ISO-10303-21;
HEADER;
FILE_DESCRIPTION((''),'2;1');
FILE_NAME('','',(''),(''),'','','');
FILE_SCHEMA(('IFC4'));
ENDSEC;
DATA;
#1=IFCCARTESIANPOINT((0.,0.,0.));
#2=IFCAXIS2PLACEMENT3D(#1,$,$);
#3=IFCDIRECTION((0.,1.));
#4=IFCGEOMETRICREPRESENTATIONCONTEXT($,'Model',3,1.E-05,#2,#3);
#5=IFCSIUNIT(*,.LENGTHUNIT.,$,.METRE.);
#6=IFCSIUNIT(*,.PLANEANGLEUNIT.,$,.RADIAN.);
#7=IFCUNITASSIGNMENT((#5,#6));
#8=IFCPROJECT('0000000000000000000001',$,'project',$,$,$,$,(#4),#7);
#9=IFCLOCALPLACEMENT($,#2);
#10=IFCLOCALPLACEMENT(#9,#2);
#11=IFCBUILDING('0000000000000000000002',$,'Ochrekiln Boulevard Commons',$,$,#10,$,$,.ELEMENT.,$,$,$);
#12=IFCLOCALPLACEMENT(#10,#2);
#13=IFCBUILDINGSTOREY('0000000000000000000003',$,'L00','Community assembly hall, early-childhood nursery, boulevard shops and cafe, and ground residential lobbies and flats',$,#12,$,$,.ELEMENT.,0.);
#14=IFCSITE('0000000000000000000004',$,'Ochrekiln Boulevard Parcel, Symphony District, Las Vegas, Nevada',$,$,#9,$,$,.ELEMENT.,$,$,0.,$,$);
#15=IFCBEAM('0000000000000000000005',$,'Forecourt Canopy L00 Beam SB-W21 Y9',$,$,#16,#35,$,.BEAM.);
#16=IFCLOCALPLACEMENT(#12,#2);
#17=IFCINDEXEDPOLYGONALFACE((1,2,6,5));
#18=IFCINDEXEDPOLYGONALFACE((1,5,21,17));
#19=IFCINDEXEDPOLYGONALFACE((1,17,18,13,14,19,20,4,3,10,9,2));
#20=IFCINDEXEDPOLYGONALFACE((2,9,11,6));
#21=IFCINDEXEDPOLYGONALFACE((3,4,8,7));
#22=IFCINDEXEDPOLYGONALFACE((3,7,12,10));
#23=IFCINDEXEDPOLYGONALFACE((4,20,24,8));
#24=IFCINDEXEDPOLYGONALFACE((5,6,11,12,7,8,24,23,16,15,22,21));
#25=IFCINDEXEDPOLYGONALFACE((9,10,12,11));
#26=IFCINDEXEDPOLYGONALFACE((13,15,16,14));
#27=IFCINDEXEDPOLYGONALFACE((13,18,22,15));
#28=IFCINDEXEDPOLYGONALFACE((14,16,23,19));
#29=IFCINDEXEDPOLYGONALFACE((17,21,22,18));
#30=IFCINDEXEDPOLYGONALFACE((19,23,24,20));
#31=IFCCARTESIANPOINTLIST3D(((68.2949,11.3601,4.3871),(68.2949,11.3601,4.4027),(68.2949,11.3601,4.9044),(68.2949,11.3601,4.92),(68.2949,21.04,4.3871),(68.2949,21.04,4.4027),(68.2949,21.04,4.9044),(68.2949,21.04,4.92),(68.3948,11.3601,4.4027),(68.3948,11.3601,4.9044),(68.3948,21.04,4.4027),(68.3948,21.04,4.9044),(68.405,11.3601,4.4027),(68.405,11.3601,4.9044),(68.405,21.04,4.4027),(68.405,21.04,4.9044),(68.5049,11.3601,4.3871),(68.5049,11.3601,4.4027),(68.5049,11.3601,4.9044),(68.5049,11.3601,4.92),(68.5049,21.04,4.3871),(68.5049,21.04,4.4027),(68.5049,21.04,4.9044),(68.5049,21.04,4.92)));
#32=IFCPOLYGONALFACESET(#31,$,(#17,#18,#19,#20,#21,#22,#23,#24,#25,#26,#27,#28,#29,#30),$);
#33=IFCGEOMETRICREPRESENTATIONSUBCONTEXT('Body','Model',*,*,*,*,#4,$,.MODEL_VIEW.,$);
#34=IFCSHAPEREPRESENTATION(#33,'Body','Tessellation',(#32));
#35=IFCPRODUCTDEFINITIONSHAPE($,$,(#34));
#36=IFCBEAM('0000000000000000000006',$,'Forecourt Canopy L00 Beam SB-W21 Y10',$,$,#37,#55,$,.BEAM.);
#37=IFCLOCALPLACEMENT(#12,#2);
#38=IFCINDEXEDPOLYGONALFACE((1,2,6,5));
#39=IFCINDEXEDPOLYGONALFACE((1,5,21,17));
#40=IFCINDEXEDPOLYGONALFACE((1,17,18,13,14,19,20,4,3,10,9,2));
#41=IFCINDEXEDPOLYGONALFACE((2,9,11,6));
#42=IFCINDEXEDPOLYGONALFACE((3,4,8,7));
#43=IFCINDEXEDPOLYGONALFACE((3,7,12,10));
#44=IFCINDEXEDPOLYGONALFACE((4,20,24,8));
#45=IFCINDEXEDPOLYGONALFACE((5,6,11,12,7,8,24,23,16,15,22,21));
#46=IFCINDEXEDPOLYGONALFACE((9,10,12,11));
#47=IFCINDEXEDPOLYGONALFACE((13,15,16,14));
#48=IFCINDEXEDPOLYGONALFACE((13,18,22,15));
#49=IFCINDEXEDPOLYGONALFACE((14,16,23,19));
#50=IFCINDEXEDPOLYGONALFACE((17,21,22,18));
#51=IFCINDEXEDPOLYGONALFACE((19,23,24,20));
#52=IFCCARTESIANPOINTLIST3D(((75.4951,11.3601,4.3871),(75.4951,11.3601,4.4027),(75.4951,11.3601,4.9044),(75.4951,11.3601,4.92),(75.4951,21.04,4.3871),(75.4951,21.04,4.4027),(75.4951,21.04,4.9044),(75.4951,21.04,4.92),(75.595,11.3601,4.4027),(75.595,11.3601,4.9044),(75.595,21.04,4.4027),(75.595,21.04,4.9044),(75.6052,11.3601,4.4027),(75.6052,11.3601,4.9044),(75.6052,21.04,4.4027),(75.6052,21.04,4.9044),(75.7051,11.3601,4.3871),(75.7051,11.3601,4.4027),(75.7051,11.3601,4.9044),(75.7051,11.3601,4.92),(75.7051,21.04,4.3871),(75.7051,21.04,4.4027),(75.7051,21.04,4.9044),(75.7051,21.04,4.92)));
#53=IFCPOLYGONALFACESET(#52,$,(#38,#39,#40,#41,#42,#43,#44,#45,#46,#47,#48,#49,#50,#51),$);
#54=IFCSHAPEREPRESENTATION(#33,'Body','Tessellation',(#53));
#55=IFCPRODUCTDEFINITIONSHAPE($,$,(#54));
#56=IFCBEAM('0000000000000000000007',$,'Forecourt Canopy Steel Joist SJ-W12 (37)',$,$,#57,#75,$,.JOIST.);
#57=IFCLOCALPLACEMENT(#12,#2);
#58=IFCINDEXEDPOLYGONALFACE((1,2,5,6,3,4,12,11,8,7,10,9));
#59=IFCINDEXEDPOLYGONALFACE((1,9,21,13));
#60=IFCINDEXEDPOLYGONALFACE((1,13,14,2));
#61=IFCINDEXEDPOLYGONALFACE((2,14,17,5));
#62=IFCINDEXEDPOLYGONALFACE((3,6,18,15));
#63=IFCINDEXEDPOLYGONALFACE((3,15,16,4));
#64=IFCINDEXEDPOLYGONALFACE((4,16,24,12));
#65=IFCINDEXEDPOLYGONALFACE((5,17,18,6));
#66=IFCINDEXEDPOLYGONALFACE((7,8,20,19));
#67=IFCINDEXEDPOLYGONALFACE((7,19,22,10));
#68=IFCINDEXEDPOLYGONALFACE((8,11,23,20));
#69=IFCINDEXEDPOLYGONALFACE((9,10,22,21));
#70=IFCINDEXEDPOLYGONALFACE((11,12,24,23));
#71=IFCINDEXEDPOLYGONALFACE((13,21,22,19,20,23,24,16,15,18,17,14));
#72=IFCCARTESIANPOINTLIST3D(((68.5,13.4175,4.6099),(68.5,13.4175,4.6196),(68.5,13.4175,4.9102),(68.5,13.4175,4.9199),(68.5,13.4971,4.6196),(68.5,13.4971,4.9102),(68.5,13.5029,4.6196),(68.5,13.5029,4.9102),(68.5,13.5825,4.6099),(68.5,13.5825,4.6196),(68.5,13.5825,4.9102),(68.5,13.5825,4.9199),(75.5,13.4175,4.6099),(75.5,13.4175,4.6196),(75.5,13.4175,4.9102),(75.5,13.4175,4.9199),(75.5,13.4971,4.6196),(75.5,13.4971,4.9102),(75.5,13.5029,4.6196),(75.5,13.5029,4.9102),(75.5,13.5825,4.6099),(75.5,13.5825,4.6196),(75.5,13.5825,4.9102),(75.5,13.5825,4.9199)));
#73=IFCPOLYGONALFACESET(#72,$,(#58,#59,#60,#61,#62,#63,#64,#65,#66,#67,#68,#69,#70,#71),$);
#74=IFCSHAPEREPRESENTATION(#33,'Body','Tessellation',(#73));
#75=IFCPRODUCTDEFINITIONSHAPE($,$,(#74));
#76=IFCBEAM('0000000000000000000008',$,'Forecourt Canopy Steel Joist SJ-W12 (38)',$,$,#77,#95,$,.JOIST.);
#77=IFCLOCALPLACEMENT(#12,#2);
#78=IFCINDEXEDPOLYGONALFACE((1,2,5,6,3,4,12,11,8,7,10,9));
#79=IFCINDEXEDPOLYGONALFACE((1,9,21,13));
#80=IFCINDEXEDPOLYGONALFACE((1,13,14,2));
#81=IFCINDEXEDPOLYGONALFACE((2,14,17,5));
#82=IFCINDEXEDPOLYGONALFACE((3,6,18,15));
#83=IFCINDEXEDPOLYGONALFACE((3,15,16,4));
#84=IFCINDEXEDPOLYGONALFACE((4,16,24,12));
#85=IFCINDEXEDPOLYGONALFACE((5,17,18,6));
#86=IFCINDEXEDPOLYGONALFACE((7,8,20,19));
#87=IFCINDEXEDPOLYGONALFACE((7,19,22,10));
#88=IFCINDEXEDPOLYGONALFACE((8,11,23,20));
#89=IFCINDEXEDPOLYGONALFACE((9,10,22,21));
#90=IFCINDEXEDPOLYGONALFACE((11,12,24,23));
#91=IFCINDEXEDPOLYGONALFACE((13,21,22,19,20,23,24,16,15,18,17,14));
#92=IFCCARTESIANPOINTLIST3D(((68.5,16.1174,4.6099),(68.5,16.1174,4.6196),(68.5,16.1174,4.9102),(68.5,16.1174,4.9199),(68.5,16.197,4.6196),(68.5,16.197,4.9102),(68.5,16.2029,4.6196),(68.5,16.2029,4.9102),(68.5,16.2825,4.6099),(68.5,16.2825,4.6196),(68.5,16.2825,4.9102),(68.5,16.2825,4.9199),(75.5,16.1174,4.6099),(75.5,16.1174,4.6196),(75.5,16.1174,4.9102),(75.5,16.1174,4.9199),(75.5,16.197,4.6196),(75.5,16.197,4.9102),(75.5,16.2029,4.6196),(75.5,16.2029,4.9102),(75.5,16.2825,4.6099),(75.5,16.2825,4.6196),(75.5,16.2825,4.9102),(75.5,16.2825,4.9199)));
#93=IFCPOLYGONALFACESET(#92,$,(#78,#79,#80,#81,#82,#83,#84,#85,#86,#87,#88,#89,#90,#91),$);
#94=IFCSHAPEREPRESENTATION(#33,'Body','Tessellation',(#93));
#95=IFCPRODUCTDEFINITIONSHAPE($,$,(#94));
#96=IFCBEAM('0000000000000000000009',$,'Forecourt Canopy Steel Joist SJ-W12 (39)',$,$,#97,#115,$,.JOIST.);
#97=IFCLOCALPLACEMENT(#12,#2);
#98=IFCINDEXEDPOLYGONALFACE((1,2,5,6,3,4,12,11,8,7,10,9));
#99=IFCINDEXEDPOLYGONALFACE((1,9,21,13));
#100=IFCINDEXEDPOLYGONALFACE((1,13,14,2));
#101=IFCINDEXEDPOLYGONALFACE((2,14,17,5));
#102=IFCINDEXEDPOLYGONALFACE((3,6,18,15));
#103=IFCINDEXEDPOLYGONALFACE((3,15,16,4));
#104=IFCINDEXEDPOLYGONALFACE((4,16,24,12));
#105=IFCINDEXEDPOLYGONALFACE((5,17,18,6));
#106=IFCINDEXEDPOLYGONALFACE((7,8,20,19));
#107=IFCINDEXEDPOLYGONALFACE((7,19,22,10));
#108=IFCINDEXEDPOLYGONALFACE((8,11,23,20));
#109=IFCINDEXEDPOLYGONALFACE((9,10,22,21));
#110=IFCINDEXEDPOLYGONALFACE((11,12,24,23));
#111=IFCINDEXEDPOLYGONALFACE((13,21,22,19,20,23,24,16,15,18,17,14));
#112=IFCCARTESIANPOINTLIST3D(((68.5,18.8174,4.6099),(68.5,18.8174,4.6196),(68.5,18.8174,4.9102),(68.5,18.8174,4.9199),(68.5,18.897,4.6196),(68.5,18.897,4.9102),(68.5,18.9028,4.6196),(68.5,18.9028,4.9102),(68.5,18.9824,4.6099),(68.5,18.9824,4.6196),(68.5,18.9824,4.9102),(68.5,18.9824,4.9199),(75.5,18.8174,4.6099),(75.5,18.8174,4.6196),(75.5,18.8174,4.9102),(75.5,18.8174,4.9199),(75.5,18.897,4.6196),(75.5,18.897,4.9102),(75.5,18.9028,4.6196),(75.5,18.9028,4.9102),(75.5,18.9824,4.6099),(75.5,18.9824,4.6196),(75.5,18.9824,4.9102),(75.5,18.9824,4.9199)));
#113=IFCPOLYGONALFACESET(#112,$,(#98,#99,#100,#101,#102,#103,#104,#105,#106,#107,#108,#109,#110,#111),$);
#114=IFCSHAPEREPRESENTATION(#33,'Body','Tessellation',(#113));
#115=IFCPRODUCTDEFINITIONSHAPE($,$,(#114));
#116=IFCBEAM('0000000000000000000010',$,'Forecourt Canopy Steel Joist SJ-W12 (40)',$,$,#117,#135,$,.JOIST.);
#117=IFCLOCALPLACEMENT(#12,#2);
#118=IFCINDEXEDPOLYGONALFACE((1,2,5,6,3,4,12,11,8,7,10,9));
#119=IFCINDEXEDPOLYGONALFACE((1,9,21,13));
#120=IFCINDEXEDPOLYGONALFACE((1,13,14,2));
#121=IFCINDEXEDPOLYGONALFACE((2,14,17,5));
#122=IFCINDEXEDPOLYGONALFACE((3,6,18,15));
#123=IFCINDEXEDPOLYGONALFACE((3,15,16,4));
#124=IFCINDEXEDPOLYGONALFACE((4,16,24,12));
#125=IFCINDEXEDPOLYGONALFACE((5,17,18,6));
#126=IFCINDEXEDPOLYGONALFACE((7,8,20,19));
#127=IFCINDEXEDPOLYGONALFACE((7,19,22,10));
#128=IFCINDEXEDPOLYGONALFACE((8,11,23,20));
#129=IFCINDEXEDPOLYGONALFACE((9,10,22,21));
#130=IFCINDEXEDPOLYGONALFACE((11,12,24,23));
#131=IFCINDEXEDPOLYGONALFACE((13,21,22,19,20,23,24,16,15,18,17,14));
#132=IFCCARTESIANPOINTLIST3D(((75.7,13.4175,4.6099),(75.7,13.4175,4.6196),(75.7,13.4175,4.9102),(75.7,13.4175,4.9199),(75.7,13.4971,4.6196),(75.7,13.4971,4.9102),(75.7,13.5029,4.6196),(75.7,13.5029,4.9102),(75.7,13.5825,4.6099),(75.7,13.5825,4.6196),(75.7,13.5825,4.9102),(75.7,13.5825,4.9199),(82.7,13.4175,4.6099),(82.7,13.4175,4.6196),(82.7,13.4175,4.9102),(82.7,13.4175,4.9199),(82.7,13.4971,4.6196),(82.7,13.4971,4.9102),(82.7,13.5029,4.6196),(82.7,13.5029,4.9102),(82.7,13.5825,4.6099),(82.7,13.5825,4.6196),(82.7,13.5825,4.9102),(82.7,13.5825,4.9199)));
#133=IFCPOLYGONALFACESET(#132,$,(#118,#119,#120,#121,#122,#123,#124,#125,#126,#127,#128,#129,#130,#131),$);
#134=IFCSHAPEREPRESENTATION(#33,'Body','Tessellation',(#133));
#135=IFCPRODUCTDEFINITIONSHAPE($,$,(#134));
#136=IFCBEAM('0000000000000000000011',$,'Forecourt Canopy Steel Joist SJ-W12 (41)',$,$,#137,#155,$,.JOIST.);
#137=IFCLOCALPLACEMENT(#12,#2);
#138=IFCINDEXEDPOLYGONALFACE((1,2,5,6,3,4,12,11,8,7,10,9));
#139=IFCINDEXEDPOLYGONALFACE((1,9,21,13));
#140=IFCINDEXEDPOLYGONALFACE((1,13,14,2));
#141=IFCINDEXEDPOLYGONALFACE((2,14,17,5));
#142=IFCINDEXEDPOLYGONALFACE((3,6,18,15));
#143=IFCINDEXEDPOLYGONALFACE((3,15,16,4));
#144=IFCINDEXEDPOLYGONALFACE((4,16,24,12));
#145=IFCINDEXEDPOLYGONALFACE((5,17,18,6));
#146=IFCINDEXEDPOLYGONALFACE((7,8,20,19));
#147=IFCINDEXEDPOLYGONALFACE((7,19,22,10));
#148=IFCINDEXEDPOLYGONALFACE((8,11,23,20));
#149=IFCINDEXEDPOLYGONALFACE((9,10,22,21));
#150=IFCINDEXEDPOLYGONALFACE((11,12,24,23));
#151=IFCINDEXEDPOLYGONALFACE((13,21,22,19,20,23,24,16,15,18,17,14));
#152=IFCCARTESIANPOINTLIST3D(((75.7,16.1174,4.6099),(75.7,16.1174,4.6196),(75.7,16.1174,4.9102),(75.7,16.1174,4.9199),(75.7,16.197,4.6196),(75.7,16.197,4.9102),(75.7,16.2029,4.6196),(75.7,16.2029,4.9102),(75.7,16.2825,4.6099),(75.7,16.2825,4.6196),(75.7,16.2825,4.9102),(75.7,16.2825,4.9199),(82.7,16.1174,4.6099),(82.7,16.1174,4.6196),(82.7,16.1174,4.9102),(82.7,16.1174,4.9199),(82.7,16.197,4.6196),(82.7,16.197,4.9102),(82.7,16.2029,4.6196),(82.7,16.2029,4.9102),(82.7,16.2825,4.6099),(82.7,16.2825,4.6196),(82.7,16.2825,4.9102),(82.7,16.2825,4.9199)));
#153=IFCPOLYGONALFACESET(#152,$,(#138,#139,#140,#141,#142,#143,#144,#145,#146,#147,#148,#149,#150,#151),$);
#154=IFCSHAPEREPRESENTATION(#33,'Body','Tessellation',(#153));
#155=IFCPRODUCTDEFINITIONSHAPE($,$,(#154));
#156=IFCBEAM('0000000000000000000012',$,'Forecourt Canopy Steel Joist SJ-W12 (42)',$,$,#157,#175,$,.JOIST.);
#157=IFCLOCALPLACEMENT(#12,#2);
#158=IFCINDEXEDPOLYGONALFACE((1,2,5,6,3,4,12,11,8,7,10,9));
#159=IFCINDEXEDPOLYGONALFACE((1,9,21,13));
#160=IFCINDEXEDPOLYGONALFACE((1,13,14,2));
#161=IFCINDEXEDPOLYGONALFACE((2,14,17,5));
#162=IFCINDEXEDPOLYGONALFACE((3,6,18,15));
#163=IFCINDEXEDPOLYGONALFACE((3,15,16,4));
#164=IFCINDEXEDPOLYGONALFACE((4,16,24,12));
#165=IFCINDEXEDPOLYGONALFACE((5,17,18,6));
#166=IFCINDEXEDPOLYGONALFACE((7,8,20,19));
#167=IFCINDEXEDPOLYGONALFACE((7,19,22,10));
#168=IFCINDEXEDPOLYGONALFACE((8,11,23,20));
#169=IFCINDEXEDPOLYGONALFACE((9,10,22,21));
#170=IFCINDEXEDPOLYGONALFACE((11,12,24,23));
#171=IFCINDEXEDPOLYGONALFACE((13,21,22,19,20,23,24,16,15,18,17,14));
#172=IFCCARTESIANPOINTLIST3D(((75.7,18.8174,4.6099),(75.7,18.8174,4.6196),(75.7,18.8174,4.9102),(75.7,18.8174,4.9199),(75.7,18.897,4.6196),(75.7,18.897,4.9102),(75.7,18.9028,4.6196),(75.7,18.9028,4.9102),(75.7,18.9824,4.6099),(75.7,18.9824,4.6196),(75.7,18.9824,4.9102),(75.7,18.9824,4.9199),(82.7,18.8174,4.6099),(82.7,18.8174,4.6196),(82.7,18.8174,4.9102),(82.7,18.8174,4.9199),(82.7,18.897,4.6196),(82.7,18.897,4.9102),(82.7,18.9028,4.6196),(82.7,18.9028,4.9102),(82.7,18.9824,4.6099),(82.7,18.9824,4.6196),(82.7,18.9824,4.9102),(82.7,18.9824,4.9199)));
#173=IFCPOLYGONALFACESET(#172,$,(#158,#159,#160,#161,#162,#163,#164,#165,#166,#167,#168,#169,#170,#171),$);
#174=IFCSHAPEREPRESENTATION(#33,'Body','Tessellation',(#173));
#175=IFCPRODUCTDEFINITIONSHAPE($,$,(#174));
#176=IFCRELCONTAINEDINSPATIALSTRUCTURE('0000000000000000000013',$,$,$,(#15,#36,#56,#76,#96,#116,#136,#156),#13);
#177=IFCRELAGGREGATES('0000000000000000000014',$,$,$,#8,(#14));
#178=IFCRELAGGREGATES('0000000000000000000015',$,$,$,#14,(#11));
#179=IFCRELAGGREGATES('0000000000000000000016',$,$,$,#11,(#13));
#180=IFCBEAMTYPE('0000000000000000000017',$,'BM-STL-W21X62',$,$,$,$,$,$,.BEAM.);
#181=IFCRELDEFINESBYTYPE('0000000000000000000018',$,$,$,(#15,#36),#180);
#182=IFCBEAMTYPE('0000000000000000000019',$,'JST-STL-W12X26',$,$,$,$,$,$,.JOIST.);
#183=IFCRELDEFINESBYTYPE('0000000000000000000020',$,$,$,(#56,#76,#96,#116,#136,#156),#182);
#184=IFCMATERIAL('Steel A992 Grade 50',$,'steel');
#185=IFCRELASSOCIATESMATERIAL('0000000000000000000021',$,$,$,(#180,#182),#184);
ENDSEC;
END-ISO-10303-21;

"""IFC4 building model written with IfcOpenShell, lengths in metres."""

from ifc_helpers import new_model, si_unit, direction, frame, origin, origin_2d, place, context, subcontext, project, spatial, i_section, extrude, material, material_profile, profile_set, type_object, element, save


model = new_model("IFC4")

# Units and contexts
model_context = context("Model", 3, precision=1e-05, world=origin(), true_north=direction((0.0, 1.0)))
body_context = subcontext(model_context, "Body", "Model", "MODEL_VIEW")
ifc_project = project(units=[si_unit("LENGTHUNIT", "METRE"), si_unit("PLANEANGLEUNIT", "RADIAN")], contexts=[model_context])

# Site, building, storey
site_placement = place(None, origin())
site = spatial("IfcSite", under=ifc_project, at=site_placement, Name="Ochrekiln Boulevard Parcel, Symphony District, Las Vegas, Nevada", CompositionType="ELEMENT", RefElevation=0.0)
building_placement = place(site_placement, origin())
building = spatial("IfcBuilding", under=site, at=building_placement, Name="Ochrekiln Boulevard Commons", CompositionType="ELEMENT")
storey_placement = place(building_placement, origin())
storey = spatial("IfcBuildingStorey", under=building, at=storey_placement, Name="L00", Description="Community assembly hall, early-childhood nursery, boulevard shops and cafe, and ground residential lobbies and flats", CompositionType="ELEMENT", Elevation=0.0)

# Beams
ifc_material_1 = material(Name="Steel A992 Grade 50", Category="steel")
ifc_material_profile_1 = material_profile(ifc_material_1, i_section(OverallWidth=0.21, OverallDepth=0.533, WebThickness=0.0103, FlangeThickness=0.0156, at=origin_2d()), Name="W21X62")
ifc_profile_set_1 = profile_set([ifc_material_profile_1], Name="Steel A992 Grade 50")
beam_type_1 = type_object("IfcBeamType", Name="BM-STL-W21X62", PredefinedType="BEAM", material=ifc_profile_set_1)
for number, where, z_axis, x_axis, name in (
    (1, (68.3999, 11.3601, 4.6536), (0.0, 1.0, 0.0), (-1.0, 0.0, 0.0), "Forecourt Canopy L00 Beam SB-W21 Y9"),
    (2, (75.6001, 11.3601, 4.6536), (0.0, 1.0, 0.0), (-1.0, 0.0, 0.0), "Forecourt Canopy L00 Beam SB-W21 Y10"),
):
    element("IfcBeam", number, at=place(storey_placement, frame(where, z_axis=z_axis, x_axis=x_axis)), inside=storey, type_object=beam_type_1, Name=name, PredefinedType="BEAM", context=body_context, shape_type="SweptSolid", body=[
        extrude(i_section(OverallWidth=0.21, OverallDepth=0.533, WebThickness=0.0103, FlangeThickness=0.0156, at=origin_2d()), origin(), (0.0, 0.0, 1.0), 9.6799),
    ])
ifc_material_profile_2 = material_profile(ifc_material_1, i_section(OverallWidth=0.165, OverallDepth=0.3101, WebThickness=0.0059, FlangeThickness=0.0098, at=origin_2d()), Name="W12X26")
ifc_profile_set_2 = profile_set([ifc_material_profile_2], Name="Steel A992 Grade 50")
beam_type_2 = type_object("IfcBeamType", Name="JST-STL-W12X26", PredefinedType="JOIST", material=ifc_profile_set_2)
for number, where, z_axis, x_axis, name in (
    (3, (68.5, 13.5, 4.7649), (1.0, 0.0, 0.0), (0.0, 1.0, 0.0), "Forecourt Canopy Steel Joist SJ-W12 (37)"),
    (4, (68.5, 16.2, 4.7649), (1.0, 0.0, 0.0), (0.0, 1.0, 0.0), "Forecourt Canopy Steel Joist SJ-W12 (38)"),
    (5, (68.5, 18.8999, 4.7649), (1.0, 0.0, 0.0), (0.0, 1.0, 0.0), "Forecourt Canopy Steel Joist SJ-W12 (39)"),
    (6, (75.7, 13.5, 4.7649), (1.0, 0.0, 0.0), (0.0, 1.0, 0.0), "Forecourt Canopy Steel Joist SJ-W12 (40)"),
    (7, (75.7, 16.2, 4.7649), (1.0, 0.0, 0.0), (0.0, 1.0, 0.0), "Forecourt Canopy Steel Joist SJ-W12 (41)"),
    (8, (75.7, 18.8999, 4.7649), (1.0, 0.0, 0.0), (0.0, 1.0, 0.0), "Forecourt Canopy Steel Joist SJ-W12 (42)"),
):
    element("IfcBeam", number, at=place(storey_placement, frame(where, z_axis=z_axis, x_axis=x_axis)), inside=storey, type_object=beam_type_2, Name=name, PredefinedType="JOIST", context=body_context, shape_type="SweptSolid", body=[
        extrude(i_section(OverallWidth=0.165, OverallDepth=0.3101, WebThickness=0.0059, FlangeThickness=0.0098, at=origin_2d()), origin(), (0.0, 0.0, 1.0), 7.0),
    ])

save(model, "model.ifc")
